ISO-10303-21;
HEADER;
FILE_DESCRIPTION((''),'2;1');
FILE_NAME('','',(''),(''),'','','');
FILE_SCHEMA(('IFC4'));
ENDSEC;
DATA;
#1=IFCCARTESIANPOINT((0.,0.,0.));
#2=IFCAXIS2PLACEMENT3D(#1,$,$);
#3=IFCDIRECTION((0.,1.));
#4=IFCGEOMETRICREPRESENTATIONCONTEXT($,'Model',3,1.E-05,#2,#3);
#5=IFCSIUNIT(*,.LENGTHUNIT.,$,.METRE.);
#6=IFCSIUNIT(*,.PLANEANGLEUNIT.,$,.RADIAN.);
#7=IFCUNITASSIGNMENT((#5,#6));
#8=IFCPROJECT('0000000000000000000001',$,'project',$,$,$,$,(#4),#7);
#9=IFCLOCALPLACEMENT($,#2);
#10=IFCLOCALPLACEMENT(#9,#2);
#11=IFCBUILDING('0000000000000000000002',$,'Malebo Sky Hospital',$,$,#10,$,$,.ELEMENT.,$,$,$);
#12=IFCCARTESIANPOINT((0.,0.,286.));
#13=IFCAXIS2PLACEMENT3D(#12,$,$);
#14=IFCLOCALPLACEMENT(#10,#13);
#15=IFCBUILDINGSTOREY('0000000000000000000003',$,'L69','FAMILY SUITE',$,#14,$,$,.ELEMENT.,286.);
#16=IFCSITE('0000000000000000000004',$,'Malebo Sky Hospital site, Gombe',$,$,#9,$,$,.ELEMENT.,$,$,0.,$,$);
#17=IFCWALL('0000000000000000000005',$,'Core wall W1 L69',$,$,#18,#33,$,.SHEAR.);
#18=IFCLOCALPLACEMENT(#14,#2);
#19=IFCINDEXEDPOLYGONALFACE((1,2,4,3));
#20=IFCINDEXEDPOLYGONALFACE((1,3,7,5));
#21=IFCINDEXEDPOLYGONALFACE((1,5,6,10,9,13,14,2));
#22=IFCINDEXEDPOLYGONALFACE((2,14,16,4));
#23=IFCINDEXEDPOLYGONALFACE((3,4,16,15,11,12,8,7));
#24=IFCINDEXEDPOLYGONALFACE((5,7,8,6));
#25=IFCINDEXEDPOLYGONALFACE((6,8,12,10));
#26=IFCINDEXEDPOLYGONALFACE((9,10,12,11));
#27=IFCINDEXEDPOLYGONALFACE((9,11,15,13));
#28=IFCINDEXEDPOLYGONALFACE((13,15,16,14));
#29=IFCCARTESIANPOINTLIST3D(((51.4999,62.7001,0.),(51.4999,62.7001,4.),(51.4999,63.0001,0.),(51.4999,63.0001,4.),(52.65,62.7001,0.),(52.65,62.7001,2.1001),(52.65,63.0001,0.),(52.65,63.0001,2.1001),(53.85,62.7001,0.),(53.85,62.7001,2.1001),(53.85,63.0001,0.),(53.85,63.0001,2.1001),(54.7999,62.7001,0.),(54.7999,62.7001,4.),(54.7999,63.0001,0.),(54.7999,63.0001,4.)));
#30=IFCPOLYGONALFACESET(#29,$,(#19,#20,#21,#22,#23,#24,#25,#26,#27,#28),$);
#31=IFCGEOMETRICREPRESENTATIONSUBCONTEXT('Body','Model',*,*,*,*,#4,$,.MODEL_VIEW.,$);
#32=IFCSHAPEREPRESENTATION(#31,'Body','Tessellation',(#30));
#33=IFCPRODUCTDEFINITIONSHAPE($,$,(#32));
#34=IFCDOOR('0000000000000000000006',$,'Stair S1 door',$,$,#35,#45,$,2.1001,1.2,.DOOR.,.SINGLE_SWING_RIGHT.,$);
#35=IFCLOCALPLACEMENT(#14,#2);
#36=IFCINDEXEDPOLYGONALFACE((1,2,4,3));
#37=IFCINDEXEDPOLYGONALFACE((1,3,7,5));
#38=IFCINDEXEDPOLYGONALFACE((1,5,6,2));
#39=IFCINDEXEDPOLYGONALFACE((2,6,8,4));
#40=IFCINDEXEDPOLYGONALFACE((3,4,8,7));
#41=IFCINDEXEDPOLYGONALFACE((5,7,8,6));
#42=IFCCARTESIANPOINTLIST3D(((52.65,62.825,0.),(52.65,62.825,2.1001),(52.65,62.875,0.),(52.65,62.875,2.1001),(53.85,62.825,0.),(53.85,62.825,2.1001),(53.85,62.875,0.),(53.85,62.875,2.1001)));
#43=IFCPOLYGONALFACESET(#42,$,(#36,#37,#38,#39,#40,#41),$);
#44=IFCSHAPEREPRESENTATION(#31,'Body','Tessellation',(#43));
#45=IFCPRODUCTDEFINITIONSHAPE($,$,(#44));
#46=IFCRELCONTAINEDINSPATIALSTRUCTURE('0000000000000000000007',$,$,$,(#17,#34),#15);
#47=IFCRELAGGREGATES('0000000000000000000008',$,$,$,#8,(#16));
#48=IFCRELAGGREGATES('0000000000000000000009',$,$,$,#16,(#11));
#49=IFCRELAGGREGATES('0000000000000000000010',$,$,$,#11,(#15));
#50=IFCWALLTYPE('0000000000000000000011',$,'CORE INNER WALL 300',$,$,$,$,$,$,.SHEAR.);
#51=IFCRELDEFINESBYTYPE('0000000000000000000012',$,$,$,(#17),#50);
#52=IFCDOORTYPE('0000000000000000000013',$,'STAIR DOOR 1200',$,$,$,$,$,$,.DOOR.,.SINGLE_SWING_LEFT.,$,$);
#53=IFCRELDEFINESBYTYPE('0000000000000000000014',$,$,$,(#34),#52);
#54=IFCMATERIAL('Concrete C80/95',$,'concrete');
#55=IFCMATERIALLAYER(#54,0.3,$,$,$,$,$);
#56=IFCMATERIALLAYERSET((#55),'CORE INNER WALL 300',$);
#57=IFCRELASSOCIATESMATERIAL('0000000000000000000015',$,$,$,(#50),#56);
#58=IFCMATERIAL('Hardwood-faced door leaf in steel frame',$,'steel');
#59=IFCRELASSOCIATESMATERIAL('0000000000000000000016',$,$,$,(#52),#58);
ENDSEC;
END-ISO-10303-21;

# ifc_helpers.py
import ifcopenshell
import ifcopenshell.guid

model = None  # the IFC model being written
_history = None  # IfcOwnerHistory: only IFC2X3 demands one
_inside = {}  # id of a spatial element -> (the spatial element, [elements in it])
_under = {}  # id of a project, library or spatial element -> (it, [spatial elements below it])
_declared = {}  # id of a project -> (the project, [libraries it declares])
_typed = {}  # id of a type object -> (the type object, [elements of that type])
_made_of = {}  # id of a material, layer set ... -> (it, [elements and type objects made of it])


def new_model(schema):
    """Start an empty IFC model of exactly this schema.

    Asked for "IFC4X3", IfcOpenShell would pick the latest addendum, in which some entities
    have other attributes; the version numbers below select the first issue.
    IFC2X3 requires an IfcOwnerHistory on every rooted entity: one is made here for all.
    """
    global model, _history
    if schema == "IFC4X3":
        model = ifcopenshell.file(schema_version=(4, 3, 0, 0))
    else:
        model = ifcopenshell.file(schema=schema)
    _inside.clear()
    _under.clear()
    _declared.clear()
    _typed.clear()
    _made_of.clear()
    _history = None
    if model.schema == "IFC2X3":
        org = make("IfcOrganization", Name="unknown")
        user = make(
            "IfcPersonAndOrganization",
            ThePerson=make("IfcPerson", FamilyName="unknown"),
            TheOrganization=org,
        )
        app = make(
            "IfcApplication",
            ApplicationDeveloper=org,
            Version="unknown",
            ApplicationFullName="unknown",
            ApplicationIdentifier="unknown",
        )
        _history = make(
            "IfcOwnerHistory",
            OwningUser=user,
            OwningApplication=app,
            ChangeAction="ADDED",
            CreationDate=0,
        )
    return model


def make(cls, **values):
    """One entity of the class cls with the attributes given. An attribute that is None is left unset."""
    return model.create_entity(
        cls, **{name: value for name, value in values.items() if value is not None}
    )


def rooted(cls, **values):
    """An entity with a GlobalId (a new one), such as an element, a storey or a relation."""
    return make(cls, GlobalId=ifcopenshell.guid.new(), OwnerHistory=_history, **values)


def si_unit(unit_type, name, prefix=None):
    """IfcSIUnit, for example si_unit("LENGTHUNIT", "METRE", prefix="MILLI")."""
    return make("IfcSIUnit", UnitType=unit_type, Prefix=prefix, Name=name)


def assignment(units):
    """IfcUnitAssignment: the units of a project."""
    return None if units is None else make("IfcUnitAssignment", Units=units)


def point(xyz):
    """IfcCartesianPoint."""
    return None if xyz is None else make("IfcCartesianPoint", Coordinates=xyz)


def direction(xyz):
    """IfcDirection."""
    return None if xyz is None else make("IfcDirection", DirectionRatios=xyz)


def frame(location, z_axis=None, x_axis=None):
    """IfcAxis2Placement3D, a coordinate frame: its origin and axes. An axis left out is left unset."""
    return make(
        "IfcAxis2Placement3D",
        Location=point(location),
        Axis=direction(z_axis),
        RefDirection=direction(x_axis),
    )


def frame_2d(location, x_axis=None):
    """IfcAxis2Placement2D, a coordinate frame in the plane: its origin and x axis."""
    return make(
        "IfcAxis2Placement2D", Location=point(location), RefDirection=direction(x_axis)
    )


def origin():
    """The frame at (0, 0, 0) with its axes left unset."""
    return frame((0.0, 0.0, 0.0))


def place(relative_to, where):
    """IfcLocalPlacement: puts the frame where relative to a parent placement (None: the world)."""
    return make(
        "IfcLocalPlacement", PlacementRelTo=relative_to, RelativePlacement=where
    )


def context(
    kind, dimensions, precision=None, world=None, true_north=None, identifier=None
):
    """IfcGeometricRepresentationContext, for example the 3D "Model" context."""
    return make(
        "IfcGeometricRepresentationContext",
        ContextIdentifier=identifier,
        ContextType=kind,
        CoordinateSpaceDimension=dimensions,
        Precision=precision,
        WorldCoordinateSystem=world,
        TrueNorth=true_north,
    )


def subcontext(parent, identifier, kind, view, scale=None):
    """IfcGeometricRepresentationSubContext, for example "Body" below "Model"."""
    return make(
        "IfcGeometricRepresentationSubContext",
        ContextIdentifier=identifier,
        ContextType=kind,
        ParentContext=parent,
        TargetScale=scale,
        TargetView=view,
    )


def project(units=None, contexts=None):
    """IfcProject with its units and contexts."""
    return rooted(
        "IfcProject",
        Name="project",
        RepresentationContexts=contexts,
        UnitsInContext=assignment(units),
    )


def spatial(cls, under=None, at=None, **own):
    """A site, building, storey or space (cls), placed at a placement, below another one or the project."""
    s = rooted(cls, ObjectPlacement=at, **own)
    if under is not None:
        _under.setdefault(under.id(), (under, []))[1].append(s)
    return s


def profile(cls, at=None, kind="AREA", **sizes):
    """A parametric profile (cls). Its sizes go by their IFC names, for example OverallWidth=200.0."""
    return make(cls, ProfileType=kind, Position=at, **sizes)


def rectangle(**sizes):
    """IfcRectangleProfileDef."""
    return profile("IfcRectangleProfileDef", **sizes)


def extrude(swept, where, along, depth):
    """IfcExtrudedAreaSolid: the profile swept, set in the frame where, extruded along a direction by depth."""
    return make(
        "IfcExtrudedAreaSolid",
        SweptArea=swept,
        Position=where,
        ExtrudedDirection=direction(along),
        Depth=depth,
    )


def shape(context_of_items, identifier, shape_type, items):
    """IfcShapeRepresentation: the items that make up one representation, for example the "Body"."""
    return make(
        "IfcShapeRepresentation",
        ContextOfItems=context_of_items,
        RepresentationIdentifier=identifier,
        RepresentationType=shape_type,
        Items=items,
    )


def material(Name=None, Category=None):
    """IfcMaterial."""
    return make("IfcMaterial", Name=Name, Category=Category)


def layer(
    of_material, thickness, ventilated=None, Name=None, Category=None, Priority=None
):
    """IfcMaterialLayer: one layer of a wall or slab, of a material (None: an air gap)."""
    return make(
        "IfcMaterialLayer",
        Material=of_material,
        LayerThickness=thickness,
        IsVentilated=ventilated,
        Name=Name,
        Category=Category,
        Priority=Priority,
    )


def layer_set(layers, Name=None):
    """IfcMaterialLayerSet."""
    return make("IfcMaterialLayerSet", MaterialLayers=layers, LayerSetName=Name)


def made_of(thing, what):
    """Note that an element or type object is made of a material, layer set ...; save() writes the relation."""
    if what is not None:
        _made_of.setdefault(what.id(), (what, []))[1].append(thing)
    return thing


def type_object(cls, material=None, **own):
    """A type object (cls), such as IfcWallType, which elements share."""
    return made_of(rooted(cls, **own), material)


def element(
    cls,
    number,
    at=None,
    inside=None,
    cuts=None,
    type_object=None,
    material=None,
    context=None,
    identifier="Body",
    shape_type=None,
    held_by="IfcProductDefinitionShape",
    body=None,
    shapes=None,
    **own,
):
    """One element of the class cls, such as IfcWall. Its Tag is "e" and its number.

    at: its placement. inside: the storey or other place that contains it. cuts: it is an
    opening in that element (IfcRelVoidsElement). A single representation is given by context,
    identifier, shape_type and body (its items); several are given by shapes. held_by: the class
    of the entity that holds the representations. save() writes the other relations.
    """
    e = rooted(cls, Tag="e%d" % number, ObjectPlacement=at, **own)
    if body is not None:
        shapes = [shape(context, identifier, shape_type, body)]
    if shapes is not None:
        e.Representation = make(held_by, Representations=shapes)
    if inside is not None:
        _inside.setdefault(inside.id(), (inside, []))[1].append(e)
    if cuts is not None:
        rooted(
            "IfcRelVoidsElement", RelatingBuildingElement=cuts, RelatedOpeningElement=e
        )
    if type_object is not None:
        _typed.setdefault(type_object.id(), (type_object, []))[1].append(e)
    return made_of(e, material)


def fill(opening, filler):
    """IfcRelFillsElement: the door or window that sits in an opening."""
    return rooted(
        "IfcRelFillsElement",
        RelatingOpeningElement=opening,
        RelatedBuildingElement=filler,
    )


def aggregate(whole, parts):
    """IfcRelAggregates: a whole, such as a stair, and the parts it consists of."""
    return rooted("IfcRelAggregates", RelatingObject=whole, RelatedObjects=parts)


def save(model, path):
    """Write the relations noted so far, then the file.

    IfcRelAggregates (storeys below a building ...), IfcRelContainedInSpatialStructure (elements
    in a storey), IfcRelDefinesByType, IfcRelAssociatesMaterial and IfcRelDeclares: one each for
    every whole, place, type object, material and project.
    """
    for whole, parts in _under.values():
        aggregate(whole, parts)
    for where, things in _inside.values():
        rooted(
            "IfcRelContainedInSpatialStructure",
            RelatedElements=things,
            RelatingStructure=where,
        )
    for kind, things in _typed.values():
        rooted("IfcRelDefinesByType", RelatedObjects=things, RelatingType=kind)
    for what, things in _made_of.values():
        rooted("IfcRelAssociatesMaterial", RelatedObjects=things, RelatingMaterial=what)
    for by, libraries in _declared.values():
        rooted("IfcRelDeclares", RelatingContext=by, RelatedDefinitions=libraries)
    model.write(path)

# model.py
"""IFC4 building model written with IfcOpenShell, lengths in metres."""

from ifc_helpers import new_model, si_unit, direction, frame, frame_2d, origin, place, context, subcontext, project, spatial, rectangle, extrude, material, layer, layer_set, type_object, element, fill, save


model = new_model("IFC4")

# Units and contexts
model_context = context("Model", 3, precision=1e-05, world=origin(), true_north=direction((0.0, 1.0)))
body_context = subcontext(model_context, "Body", "Model", "MODEL_VIEW")
ifc_project = project(units=[si_unit("LENGTHUNIT", "METRE"), si_unit("PLANEANGLEUNIT", "RADIAN")], contexts=[model_context])

# Site, building, storey
site_placement = place(None, origin())
site = spatial("IfcSite", under=ifc_project, at=site_placement, Name="Malebo Sky Hospital site, Gombe", CompositionType="ELEMENT", RefElevation=0.0)
building_placement = place(site_placement, origin())
building = spatial("IfcBuilding", under=site, at=building_placement, Name="Malebo Sky Hospital", CompositionType="ELEMENT")
storey_placement = place(building_placement, frame((0.0, 0.0, 286.0)))
storey = spatial("IfcBuildingStorey", under=building, at=storey_placement, Name="L69", Description="FAMILY SUITE", CompositionType="ELEMENT", Elevation=286.0)

# Shared definitions
ifc_material_1 = material(Name="Concrete C80/95", Category="concrete")

# Wall, opening, door
ifc_layer_1 = layer(ifc_material_1, 0.3)
ifc_layer_set_1 = layer_set([ifc_layer_1], Name="CORE INNER WALL 300")
wall_type_1 = type_object("IfcWallType", Name="CORE INNER WALL 300", PredefinedType="SHEAR", material=ifc_layer_set_1)
wall_placement = place(storey_placement, frame((51.5, 62.8501, 0.0), z_axis=(0.0, 0.0, 1.0), x_axis=(1.0, 0.0, 0.0)))
wall = element("IfcWall", 1, at=wall_placement, inside=storey, type_object=wall_type_1, Name="Core wall W1 L69", PredefinedType="SHEAR", context=body_context, shape_type="SweptSolid", body=[
    extrude(rectangle(XDim=3.3, YDim=0.3, at=frame_2d((1.6499, 0.0))), origin(), (0.0, 0.0, 1.0), 4.0),
])
opening_placement = place(wall_placement, frame((1.1499, 0.0, 0.0)))
opening = element("IfcOpeningElement", 2, at=opening_placement, cuts=wall, PredefinedType="OPENING", context=body_context, shape_type="SweptSolid", body=[
    extrude(rectangle(XDim=1.2, YDim=2.1001, at=frame_2d((0.6001, 1.05))), frame((0.0, 0.1599, 0.0), z_axis=(0.0, -1.0, 0.0), x_axis=(1.0, 0.0, 0.0)), (0.0, 0.0, 1.0), 0.3201),
])
ifc_material_2 = material(Name="Hardwood-faced door leaf in steel frame", Category="steel")
door_type = type_object("IfcDoorType", Name="STAIR DOOR 1200", OperationType="SINGLE_SWING_LEFT", PredefinedType="DOOR", material=ifc_material_2)
door_placement = place(opening_placement, origin())
door = element("IfcDoor", 3, at=door_placement, inside=storey, type_object=door_type, Name="Stair S1 door", OperationType="SINGLE_SWING_RIGHT", OverallHeight=2.1001, OverallWidth=1.2, PredefinedType="DOOR", context=body_context, shape_type="SweptSolid", body=[
    extrude(rectangle(XDim=1.2, YDim=2.1001, at=frame_2d((0.6001, 1.05))), frame((0.0, 0.0249, 0.0), z_axis=(0.0, -1.0, 0.0), x_axis=(1.0, 0.0, 0.0)), (0.0, 0.0, 1.0), 0.05),
])
fill(opening, door)

save(model, "model.ifc")
